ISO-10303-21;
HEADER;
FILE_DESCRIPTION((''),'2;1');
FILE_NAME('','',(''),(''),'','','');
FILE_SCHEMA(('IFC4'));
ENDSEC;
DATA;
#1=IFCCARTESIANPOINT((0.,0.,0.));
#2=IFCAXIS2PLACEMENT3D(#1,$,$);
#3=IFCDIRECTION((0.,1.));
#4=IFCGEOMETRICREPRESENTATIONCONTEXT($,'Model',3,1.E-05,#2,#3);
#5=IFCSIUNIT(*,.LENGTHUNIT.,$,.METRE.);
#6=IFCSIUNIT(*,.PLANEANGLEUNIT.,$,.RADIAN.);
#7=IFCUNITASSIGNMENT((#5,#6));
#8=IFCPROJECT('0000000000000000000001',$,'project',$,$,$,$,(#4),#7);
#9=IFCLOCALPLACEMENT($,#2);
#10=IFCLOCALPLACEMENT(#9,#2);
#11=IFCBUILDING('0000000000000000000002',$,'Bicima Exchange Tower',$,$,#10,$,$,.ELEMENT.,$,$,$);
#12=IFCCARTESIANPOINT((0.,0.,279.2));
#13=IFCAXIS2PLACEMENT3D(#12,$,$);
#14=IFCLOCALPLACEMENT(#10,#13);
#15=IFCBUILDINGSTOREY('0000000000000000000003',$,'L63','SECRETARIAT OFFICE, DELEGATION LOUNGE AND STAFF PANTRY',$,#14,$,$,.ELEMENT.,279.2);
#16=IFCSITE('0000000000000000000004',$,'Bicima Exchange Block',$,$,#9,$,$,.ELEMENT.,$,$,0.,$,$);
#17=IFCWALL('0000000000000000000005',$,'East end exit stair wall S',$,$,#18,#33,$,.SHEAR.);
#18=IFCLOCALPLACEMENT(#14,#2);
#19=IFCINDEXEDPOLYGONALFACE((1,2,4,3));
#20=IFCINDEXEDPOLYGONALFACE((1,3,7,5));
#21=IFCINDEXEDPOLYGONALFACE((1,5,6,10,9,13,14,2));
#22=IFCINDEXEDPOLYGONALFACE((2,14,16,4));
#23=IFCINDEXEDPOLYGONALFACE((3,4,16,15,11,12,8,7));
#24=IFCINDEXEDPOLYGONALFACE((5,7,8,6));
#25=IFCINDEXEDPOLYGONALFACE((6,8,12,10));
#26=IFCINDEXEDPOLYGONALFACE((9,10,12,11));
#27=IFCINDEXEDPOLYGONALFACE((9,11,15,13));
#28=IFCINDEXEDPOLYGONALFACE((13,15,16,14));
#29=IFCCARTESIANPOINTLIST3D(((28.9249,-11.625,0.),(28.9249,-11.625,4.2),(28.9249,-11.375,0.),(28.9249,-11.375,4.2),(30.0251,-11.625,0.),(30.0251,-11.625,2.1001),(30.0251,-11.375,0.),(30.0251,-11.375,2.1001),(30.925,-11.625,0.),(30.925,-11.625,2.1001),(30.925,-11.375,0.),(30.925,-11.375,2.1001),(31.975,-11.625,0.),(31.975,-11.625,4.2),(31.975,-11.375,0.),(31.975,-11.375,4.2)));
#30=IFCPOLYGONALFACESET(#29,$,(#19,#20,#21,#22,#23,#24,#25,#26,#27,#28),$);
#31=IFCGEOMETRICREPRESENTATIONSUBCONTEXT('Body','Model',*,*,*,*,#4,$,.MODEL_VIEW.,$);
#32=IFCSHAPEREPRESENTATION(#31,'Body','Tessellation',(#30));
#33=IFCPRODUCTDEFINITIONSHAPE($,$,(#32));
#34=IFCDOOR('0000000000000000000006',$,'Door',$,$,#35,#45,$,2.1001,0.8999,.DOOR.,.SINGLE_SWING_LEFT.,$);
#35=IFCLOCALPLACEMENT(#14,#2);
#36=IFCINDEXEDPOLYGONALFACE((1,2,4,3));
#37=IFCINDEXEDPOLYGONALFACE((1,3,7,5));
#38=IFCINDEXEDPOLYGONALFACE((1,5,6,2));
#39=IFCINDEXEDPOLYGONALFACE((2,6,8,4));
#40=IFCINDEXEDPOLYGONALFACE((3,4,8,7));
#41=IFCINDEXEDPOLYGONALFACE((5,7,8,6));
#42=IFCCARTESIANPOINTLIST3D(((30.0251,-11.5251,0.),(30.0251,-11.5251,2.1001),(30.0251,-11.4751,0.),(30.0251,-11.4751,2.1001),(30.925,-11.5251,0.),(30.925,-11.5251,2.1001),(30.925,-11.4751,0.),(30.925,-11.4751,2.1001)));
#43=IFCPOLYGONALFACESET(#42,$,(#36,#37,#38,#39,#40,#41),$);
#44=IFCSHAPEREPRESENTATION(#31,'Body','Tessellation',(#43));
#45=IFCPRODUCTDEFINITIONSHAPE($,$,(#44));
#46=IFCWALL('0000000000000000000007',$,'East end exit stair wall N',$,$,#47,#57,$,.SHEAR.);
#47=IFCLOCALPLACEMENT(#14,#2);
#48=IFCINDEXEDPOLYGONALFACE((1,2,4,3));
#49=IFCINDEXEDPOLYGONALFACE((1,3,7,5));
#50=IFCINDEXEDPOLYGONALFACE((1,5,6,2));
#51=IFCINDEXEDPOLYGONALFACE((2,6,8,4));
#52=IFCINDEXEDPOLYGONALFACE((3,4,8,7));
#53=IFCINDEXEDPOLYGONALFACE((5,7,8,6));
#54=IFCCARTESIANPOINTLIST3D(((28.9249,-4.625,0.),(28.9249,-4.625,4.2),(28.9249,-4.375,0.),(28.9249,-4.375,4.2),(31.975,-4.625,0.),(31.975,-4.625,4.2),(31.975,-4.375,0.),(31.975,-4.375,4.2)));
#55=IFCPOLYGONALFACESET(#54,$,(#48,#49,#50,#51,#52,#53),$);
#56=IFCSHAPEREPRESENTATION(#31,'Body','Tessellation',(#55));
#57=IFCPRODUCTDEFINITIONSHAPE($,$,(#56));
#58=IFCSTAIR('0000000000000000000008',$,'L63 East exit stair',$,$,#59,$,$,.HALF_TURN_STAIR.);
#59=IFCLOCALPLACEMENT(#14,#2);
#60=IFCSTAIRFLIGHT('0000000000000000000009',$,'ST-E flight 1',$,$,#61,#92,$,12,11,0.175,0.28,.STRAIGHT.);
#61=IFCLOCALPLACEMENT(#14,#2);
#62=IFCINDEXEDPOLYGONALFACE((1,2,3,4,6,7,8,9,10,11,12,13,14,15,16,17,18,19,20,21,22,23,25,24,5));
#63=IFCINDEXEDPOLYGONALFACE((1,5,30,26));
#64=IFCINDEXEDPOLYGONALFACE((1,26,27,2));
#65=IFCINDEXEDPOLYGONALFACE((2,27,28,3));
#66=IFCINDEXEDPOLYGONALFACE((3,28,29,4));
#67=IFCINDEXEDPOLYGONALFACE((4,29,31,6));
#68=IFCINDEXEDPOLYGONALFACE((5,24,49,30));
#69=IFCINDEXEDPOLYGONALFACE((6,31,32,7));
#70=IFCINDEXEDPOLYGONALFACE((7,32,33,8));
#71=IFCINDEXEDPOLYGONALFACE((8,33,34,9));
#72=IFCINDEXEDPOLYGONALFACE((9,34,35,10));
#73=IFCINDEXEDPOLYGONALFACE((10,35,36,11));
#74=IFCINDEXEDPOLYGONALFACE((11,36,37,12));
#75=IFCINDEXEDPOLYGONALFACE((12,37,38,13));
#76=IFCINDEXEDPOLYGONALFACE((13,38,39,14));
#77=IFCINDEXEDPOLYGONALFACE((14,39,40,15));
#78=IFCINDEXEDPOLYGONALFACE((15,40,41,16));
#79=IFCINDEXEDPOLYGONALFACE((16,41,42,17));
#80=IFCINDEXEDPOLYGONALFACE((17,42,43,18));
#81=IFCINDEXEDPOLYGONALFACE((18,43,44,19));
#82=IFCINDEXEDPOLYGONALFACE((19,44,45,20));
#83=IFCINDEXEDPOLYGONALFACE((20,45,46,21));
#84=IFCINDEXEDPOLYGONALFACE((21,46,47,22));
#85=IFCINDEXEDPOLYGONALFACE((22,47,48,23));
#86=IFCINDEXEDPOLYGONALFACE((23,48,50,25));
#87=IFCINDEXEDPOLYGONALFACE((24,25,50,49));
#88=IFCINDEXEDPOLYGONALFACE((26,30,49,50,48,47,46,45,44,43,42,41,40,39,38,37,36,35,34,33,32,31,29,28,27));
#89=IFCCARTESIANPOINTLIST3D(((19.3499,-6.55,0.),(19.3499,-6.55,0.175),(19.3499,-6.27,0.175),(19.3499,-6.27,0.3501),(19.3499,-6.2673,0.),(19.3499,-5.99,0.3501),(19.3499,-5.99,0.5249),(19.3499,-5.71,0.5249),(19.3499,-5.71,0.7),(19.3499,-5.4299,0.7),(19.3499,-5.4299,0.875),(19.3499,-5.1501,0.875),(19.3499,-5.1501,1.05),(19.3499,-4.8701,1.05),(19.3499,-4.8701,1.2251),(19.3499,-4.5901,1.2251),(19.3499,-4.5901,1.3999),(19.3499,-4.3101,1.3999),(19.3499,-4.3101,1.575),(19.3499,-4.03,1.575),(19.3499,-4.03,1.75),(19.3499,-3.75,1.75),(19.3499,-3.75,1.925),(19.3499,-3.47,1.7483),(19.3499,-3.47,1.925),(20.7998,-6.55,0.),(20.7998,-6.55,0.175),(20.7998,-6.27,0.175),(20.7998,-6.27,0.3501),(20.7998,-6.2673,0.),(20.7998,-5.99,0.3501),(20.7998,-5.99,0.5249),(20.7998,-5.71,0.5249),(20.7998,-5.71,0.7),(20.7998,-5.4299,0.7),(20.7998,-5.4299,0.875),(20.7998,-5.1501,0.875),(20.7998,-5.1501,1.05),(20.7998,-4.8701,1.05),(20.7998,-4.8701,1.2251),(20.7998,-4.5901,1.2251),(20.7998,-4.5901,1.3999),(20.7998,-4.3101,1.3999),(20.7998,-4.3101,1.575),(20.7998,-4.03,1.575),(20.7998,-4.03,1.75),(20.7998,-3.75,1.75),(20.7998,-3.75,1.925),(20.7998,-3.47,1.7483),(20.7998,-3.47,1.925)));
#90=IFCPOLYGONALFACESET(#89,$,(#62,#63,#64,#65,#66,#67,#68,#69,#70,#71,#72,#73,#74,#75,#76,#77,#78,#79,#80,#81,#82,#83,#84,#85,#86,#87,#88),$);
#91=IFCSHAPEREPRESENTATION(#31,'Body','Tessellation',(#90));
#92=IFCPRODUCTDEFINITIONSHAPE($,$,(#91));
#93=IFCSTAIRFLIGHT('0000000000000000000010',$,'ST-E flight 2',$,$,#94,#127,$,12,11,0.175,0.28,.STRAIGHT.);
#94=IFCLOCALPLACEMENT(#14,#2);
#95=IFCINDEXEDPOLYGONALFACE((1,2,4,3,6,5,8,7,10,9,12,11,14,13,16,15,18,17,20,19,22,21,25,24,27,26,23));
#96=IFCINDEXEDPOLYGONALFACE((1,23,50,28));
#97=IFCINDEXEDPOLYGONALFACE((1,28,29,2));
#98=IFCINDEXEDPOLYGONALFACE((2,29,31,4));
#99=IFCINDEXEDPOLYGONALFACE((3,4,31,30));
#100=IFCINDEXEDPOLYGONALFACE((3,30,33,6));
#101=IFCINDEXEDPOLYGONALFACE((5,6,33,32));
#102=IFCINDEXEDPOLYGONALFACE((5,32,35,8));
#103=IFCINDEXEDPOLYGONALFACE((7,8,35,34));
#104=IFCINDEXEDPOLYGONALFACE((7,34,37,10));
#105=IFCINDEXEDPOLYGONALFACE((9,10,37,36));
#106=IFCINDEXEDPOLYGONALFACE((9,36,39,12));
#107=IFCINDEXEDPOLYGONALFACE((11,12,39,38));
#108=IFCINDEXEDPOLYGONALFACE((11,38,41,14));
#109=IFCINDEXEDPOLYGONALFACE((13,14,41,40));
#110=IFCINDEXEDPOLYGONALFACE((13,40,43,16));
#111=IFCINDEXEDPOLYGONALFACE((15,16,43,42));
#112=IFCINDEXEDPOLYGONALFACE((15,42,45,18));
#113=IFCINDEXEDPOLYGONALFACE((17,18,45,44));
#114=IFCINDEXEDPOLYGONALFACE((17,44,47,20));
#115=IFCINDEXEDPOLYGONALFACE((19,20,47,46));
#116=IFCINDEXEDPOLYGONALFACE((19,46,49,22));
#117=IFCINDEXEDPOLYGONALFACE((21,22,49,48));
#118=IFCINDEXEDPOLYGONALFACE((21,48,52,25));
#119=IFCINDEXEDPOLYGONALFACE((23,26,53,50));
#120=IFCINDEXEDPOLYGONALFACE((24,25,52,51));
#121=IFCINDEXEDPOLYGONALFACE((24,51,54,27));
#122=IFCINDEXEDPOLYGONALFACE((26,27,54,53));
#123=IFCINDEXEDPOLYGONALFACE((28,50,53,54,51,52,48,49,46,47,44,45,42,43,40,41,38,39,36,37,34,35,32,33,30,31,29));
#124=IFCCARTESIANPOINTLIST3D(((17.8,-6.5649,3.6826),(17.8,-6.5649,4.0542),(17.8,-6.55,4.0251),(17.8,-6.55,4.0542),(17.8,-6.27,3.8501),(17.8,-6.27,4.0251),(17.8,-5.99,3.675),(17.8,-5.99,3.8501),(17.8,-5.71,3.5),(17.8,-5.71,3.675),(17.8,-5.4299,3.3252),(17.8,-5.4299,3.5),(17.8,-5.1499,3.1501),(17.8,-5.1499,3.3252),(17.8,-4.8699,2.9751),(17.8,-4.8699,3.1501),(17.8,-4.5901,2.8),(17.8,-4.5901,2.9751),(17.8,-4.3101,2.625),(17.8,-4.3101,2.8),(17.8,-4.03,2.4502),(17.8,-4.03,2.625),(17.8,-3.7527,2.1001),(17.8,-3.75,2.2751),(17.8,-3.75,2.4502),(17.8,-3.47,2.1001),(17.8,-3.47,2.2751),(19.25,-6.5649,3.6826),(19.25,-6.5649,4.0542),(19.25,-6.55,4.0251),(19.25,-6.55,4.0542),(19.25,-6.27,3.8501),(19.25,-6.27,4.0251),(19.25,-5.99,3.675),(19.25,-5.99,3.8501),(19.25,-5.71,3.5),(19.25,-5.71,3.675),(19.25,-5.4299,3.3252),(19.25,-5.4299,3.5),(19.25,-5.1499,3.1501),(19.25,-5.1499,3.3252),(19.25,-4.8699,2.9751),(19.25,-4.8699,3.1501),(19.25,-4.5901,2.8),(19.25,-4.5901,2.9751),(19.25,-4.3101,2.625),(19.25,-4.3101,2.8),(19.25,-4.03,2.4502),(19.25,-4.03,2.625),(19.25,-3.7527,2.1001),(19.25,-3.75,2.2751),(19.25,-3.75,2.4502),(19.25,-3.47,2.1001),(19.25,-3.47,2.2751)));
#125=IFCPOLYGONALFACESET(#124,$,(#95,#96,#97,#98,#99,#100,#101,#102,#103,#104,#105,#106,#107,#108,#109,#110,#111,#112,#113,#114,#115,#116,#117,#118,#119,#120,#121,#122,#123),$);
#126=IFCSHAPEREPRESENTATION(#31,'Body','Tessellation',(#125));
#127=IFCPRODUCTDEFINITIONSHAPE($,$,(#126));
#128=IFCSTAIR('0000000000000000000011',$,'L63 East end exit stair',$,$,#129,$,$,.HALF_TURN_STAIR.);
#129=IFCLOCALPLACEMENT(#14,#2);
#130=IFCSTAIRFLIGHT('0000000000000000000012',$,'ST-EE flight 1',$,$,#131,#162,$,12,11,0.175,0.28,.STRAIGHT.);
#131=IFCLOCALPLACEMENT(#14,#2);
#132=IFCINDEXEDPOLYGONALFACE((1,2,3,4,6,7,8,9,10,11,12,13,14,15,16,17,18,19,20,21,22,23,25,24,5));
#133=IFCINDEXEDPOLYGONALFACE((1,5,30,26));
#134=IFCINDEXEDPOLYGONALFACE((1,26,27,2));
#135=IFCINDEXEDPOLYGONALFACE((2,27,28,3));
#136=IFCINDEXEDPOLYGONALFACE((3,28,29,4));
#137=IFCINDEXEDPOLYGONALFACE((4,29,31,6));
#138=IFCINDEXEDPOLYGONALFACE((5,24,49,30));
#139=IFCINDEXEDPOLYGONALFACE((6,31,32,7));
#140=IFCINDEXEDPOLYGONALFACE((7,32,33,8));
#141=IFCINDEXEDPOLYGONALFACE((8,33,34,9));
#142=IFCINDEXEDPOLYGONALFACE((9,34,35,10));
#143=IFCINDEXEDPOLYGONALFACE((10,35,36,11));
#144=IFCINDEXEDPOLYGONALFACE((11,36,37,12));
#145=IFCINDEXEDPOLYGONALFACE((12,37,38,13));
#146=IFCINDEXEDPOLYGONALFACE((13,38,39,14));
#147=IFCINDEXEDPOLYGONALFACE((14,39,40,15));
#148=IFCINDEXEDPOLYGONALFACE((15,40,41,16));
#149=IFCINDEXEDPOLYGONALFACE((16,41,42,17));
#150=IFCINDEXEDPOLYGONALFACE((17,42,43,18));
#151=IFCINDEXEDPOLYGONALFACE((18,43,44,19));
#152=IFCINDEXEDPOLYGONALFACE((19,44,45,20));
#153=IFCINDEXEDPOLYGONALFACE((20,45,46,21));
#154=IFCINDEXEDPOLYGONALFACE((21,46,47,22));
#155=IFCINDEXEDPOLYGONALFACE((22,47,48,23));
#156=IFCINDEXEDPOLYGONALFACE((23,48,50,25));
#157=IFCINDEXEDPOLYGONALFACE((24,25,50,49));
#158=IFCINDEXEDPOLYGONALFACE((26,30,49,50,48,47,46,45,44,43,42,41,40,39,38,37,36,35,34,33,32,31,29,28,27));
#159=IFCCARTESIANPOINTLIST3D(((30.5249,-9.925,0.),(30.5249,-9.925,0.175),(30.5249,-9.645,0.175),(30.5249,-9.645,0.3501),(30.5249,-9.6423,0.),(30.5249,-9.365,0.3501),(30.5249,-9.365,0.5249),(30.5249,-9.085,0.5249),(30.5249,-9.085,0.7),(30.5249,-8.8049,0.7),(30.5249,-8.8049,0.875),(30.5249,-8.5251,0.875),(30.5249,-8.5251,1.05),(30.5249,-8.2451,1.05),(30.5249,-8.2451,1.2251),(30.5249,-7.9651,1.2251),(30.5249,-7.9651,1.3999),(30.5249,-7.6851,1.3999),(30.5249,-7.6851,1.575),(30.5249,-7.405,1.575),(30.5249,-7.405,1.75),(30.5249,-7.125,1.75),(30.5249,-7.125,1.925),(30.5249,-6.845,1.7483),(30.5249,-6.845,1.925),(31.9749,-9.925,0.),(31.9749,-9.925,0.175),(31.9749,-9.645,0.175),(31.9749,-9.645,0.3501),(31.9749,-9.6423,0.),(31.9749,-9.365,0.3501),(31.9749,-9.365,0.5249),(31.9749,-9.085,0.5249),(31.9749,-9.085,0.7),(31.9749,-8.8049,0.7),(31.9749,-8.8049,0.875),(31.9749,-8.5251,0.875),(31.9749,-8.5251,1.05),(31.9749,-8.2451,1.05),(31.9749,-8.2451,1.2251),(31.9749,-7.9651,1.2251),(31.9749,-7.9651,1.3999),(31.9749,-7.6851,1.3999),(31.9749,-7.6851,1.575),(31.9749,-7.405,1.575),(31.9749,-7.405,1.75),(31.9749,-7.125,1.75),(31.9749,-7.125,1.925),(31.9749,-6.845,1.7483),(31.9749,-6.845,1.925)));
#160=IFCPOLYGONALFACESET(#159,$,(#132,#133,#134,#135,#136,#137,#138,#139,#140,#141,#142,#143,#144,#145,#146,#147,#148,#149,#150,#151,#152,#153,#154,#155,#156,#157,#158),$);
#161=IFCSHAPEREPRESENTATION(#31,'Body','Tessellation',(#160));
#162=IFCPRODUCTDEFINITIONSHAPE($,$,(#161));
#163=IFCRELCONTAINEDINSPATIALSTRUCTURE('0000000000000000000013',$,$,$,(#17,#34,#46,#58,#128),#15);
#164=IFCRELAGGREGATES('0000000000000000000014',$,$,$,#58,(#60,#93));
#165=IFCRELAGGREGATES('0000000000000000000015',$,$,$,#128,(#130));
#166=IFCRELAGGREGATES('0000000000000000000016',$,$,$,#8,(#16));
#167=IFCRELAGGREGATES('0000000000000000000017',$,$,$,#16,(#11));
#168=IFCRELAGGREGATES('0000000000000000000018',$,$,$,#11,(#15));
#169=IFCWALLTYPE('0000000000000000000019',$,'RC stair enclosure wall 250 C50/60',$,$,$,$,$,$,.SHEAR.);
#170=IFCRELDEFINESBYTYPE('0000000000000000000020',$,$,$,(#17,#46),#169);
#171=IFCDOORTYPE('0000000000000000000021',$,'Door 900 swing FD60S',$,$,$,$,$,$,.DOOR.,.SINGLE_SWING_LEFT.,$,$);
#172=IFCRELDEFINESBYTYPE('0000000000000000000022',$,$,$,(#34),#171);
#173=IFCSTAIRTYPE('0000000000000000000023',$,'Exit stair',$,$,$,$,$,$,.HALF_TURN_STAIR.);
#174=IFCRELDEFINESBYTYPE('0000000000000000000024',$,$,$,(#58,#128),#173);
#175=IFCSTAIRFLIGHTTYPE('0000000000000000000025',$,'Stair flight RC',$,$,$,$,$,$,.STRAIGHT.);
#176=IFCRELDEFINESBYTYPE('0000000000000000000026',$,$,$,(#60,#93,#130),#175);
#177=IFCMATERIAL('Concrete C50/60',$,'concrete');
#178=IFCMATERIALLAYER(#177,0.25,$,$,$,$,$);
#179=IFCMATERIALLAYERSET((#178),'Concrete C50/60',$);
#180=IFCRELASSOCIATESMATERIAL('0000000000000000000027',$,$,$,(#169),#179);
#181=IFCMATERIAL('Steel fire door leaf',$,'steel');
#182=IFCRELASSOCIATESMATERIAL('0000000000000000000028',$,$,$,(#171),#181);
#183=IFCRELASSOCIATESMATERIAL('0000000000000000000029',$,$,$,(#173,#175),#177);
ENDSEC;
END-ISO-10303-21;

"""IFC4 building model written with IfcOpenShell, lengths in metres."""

from ifc_helpers import new_model, si_unit, direction, frame, frame_2d, origin, place, context, subcontext, project, spatial, polyline, rectangle, outline, extrude, material, layer, layer_set, type_object, element, fill, aggregate, save


model = new_model("IFC4")

# Units and contexts
model_context = context("Model", 3, precision=1e-05, world=origin(), true_north=direction((0.0, 1.0)))
body_context = subcontext(model_context, "Body", "Model", "MODEL_VIEW")
ifc_project = project(units=[si_unit("LENGTHUNIT", "METRE"), si_unit("PLANEANGLEUNIT", "RADIAN")], contexts=[model_context])

# Site, building, storey
site_placement = place(None, origin())
site = spatial("IfcSite", under=ifc_project, at=site_placement, Name="Bicima Exchange Block", CompositionType="ELEMENT", RefElevation=0.0)
building_placement = place(site_placement, origin())
building = spatial("IfcBuilding", under=site, at=building_placement, Name="Bicima Exchange Tower", CompositionType="ELEMENT")
storey_placement = place(building_placement, frame((0.0, 0.0, 279.2)))
storey = spatial("IfcBuildingStorey", under=building, at=storey_placement, Name="L63", Description="SECRETARIAT OFFICE, DELEGATION LOUNGE AND STAFF PANTRY", CompositionType="ELEMENT", Elevation=279.2)

# Shared definitions
ifc_material_1 = material(Name="Concrete C50/60", Category="concrete")
ifc_layer_1 = layer(ifc_material_1, 0.25)
ifc_layer_set_1 = layer_set([ifc_layer_1], Name="Concrete C50/60")
wall_type_1 = type_object("IfcWallType", Name="RC stair enclosure wall 250 C50/60", PredefinedType="SHEAR", material=ifc_layer_set_1)

# Wall, opening, door
wall_1_placement = place(storey_placement, frame((28.925, -11.5, 0.0), z_axis=(0.0, 0.0, 1.0), x_axis=(1.0, 0.0, 0.0)))
wall_1 = element("IfcWall", 1, at=wall_1_placement, inside=storey, type_object=wall_type_1, Name="East end exit stair wall S", PredefinedType="SHEAR", context=body_context, shape_type="SweptSolid", body=[
    extrude(rectangle(XDim=3.05, YDim=0.25, at=frame_2d((1.5249, 0.0))), origin(), (0.0, 0.0, 1.0), 4.2),
])
opening_placement = place(wall_1_placement, frame((1.1001, 0.0, 0.0)))
opening = element("IfcOpeningElement", 2, at=opening_placement, cuts=wall_1, PredefinedType="OPENING", context=body_context, shape_type="SweptSolid", body=[
    extrude(rectangle(XDim=0.8999, YDim=2.1001, at=frame_2d((0.45, 1.05))), frame((0.0, 0.137, 0.0), z_axis=(0.0, -1.0, 0.0), x_axis=(1.0, 0.0, 0.0)), (0.0, 0.0, 1.0), 0.2739),
])
ifc_material_2 = material(Name="Steel fire door leaf", Category="steel")
door_type = type_object("IfcDoorType", Name="Door 900 swing FD60S", OperationType="SINGLE_SWING_LEFT", PredefinedType="DOOR", material=ifc_material_2)
door_placement = place(opening_placement, origin())
door = element("IfcDoor", 3, at=door_placement, inside=storey, type_object=door_type, Name="Door", OperationType="SINGLE_SWING_LEFT", OverallHeight=2.1001, OverallWidth=0.8999, PredefinedType="DOOR", context=body_context, shape_type="SweptSolid", body=[
    extrude(rectangle(XDim=0.8999, YDim=2.1001, at=frame_2d((0.45, 1.05))), frame((0.0, 0.0249, 0.0), z_axis=(0.0, -1.0, 0.0), x_axis=(1.0, 0.0, 0.0)), (0.0, 0.0, 1.0), 0.05),
])
fill(opening, door)

# Wall
wall_2_placement = place(storey_placement, frame((28.925, -4.5, 0.0), z_axis=(0.0, 0.0, 1.0), x_axis=(1.0, 0.0, 0.0)))
element("IfcWall", 4, at=wall_2_placement, inside=storey, type_object=wall_type_1, Name="East end exit stair wall N", PredefinedType="SHEAR", context=body_context, shape_type="SweptSolid", body=[
    extrude(rectangle(XDim=3.05, YDim=0.25, at=frame_2d((1.5249, 0.0))), origin(), (0.0, 0.0, 1.0), 4.2),
])

# Stairs, stair flights
stair_type = type_object("IfcStairType", Name="Exit stair", PredefinedType="HALF_TURN_STAIR", material=ifc_material_1)
stair_1_placement = place(storey_placement, origin())
stair_1 = element("IfcStair", 5, at=stair_1_placement, inside=storey, type_object=stair_type, Name="L63 East exit stair", PredefinedType="HALF_TURN_STAIR")
stair_flight_type = type_object("IfcStairFlightType", Name="Stair flight RC", PredefinedType="STRAIGHT", material=ifc_material_1)
stair_flight_1_placement = place(storey_placement, frame((20.075, -6.55, 0.0), z_axis=(0.0, 0.0, 1.0), x_axis=(0.0, 1.0, 0.0)))
stair_flight_1 = element("IfcStairFlight", 6, at=stair_flight_1_placement, type_object=stair_flight_type, Name="ST-E flight 1", NumberOfRisers=12, NumberOfTreads=11, PredefinedType="STRAIGHT", RiserHeight=0.175, TreadLength=0.28, context=body_context, shape_type="SweptSolid", body=[
    extrude(outline(polyline([(0.0, 0.0), (0.0, 0.175), (0.28, 0.175), (0.28, 0.3501), (0.5601, 0.3501), (0.5601, 0.5249), (0.8401, 0.5249), (0.8401, 0.7), (1.1201, 0.7), (1.1201, 0.875), (1.3999, 0.875), (1.3999, 1.05), (1.6799, 1.05), (1.6799, 1.2251), (1.96, 1.2251), (1.96, 1.3999), (2.24, 1.3999), (2.24, 1.575), (2.52, 1.575), (2.52, 1.75), (2.8, 1.75), (2.8, 1.925), (3.0801, 1.925), (3.0801, 2.1001), (3.0801, 1.7483), (0.2827, 0.0), (0.0, 0.0)])), frame((0.0, 0.7251, 0.0), z_axis=(0.0, -1.0, 0.0), x_axis=(1.0, 0.0, 0.0)), (0.0, 0.0, 1.0), 1.45),
])
stair_flight_2_placement = place(storey_placement, frame((18.5249, -3.47, 2.1001), z_axis=(0.0, 0.0, 1.0), x_axis=(0.0, -1.0, 0.0)))
stair_flight_2 = element("IfcStairFlight", 7, at=stair_flight_2_placement, type_object=stair_flight_type, Name="ST-E flight 2", NumberOfRisers=12, NumberOfTreads=11, PredefinedType="STRAIGHT", RiserHeight=0.175, TreadLength=0.28, context=body_context, shape_type="SweptSolid", body=[
    extrude(outline(polyline([(0.0, 0.0), (0.0, 0.175), (0.28, 0.175), (0.28, 0.3501), (0.5601, 0.3501), (0.5601, 0.5249), (0.8401, 0.5249), (0.8401, 0.7), (1.1201, 0.7), (1.1201, 0.875), (1.3999, 0.875), (1.3999, 1.05), (1.6799, 1.05), (1.6799, 1.2251), (1.96, 1.2251), (1.96, 1.3999), (2.24, 1.3999), (2.24, 1.575), (2.52, 1.575), (2.52, 1.75), (2.8, 1.75), (2.8, 1.925), (3.0801, 1.925), (3.0801, 1.9541), (3.095, 1.9541), (3.095, 1.5825), (0.2827, 0.0), (0.0, 0.0)])), frame((0.0, 0.7251, 0.0), z_axis=(0.0, -1.0, 0.0), x_axis=(1.0, 0.0, 0.0)), (0.0, 0.0, 1.0), 1.45),
])
aggregate(stair_1, [stair_flight_1, stair_flight_2])
stair_2_placement = place(storey_placement, origin())
stair_2 = element("IfcStair", 8, at=stair_2_placement, inside=storey, type_object=stair_type, Name="L63 East end exit stair", PredefinedType="HALF_TURN_STAIR")
stair_flight_3_placement = place(storey_placement, frame((31.25, -9.925, 0.0), z_axis=(0.0, 0.0, 1.0), x_axis=(0.0, 1.0, 0.0)))
stair_flight_3 = element("IfcStairFlight", 9, at=stair_flight_3_placement, type_object=stair_flight_type, Name="ST-EE flight 1", NumberOfRisers=12, NumberOfTreads=11, PredefinedType="STRAIGHT", RiserHeight=0.175, TreadLength=0.28, context=body_context, shape_type="SweptSolid", body=[
    extrude(outline(polyline([(0.0, 0.0), (0.0, 0.175), (0.28, 0.175), (0.28, 0.3501), (0.5601, 0.3501), (0.5601, 0.5249), (0.8401, 0.5249), (0.8401, 0.7), (1.1201, 0.7), (1.1201, 0.875), (1.3999, 0.875), (1.3999, 1.05), (1.6799, 1.05), (1.6799, 1.2251), (1.96, 1.2251), (1.96, 1.3999), (2.24, 1.3999), (2.24, 1.575), (2.52, 1.575), (2.52, 1.75), (2.8, 1.75), (2.8, 1.925), (3.0801, 1.925), (3.0801, 2.1001), (3.0801, 1.7483), (0.2827, 0.0), (0.0, 0.0)])), frame((0.0, 0.7251, 0.0), z_axis=(0.0, -1.0, 0.0), x_axis=(1.0, 0.0, 0.0)), (0.0, 0.0, 1.0), 1.45),
])
aggregate(stair_2, [stair_flight_3])

save(model, "model.ifc")
